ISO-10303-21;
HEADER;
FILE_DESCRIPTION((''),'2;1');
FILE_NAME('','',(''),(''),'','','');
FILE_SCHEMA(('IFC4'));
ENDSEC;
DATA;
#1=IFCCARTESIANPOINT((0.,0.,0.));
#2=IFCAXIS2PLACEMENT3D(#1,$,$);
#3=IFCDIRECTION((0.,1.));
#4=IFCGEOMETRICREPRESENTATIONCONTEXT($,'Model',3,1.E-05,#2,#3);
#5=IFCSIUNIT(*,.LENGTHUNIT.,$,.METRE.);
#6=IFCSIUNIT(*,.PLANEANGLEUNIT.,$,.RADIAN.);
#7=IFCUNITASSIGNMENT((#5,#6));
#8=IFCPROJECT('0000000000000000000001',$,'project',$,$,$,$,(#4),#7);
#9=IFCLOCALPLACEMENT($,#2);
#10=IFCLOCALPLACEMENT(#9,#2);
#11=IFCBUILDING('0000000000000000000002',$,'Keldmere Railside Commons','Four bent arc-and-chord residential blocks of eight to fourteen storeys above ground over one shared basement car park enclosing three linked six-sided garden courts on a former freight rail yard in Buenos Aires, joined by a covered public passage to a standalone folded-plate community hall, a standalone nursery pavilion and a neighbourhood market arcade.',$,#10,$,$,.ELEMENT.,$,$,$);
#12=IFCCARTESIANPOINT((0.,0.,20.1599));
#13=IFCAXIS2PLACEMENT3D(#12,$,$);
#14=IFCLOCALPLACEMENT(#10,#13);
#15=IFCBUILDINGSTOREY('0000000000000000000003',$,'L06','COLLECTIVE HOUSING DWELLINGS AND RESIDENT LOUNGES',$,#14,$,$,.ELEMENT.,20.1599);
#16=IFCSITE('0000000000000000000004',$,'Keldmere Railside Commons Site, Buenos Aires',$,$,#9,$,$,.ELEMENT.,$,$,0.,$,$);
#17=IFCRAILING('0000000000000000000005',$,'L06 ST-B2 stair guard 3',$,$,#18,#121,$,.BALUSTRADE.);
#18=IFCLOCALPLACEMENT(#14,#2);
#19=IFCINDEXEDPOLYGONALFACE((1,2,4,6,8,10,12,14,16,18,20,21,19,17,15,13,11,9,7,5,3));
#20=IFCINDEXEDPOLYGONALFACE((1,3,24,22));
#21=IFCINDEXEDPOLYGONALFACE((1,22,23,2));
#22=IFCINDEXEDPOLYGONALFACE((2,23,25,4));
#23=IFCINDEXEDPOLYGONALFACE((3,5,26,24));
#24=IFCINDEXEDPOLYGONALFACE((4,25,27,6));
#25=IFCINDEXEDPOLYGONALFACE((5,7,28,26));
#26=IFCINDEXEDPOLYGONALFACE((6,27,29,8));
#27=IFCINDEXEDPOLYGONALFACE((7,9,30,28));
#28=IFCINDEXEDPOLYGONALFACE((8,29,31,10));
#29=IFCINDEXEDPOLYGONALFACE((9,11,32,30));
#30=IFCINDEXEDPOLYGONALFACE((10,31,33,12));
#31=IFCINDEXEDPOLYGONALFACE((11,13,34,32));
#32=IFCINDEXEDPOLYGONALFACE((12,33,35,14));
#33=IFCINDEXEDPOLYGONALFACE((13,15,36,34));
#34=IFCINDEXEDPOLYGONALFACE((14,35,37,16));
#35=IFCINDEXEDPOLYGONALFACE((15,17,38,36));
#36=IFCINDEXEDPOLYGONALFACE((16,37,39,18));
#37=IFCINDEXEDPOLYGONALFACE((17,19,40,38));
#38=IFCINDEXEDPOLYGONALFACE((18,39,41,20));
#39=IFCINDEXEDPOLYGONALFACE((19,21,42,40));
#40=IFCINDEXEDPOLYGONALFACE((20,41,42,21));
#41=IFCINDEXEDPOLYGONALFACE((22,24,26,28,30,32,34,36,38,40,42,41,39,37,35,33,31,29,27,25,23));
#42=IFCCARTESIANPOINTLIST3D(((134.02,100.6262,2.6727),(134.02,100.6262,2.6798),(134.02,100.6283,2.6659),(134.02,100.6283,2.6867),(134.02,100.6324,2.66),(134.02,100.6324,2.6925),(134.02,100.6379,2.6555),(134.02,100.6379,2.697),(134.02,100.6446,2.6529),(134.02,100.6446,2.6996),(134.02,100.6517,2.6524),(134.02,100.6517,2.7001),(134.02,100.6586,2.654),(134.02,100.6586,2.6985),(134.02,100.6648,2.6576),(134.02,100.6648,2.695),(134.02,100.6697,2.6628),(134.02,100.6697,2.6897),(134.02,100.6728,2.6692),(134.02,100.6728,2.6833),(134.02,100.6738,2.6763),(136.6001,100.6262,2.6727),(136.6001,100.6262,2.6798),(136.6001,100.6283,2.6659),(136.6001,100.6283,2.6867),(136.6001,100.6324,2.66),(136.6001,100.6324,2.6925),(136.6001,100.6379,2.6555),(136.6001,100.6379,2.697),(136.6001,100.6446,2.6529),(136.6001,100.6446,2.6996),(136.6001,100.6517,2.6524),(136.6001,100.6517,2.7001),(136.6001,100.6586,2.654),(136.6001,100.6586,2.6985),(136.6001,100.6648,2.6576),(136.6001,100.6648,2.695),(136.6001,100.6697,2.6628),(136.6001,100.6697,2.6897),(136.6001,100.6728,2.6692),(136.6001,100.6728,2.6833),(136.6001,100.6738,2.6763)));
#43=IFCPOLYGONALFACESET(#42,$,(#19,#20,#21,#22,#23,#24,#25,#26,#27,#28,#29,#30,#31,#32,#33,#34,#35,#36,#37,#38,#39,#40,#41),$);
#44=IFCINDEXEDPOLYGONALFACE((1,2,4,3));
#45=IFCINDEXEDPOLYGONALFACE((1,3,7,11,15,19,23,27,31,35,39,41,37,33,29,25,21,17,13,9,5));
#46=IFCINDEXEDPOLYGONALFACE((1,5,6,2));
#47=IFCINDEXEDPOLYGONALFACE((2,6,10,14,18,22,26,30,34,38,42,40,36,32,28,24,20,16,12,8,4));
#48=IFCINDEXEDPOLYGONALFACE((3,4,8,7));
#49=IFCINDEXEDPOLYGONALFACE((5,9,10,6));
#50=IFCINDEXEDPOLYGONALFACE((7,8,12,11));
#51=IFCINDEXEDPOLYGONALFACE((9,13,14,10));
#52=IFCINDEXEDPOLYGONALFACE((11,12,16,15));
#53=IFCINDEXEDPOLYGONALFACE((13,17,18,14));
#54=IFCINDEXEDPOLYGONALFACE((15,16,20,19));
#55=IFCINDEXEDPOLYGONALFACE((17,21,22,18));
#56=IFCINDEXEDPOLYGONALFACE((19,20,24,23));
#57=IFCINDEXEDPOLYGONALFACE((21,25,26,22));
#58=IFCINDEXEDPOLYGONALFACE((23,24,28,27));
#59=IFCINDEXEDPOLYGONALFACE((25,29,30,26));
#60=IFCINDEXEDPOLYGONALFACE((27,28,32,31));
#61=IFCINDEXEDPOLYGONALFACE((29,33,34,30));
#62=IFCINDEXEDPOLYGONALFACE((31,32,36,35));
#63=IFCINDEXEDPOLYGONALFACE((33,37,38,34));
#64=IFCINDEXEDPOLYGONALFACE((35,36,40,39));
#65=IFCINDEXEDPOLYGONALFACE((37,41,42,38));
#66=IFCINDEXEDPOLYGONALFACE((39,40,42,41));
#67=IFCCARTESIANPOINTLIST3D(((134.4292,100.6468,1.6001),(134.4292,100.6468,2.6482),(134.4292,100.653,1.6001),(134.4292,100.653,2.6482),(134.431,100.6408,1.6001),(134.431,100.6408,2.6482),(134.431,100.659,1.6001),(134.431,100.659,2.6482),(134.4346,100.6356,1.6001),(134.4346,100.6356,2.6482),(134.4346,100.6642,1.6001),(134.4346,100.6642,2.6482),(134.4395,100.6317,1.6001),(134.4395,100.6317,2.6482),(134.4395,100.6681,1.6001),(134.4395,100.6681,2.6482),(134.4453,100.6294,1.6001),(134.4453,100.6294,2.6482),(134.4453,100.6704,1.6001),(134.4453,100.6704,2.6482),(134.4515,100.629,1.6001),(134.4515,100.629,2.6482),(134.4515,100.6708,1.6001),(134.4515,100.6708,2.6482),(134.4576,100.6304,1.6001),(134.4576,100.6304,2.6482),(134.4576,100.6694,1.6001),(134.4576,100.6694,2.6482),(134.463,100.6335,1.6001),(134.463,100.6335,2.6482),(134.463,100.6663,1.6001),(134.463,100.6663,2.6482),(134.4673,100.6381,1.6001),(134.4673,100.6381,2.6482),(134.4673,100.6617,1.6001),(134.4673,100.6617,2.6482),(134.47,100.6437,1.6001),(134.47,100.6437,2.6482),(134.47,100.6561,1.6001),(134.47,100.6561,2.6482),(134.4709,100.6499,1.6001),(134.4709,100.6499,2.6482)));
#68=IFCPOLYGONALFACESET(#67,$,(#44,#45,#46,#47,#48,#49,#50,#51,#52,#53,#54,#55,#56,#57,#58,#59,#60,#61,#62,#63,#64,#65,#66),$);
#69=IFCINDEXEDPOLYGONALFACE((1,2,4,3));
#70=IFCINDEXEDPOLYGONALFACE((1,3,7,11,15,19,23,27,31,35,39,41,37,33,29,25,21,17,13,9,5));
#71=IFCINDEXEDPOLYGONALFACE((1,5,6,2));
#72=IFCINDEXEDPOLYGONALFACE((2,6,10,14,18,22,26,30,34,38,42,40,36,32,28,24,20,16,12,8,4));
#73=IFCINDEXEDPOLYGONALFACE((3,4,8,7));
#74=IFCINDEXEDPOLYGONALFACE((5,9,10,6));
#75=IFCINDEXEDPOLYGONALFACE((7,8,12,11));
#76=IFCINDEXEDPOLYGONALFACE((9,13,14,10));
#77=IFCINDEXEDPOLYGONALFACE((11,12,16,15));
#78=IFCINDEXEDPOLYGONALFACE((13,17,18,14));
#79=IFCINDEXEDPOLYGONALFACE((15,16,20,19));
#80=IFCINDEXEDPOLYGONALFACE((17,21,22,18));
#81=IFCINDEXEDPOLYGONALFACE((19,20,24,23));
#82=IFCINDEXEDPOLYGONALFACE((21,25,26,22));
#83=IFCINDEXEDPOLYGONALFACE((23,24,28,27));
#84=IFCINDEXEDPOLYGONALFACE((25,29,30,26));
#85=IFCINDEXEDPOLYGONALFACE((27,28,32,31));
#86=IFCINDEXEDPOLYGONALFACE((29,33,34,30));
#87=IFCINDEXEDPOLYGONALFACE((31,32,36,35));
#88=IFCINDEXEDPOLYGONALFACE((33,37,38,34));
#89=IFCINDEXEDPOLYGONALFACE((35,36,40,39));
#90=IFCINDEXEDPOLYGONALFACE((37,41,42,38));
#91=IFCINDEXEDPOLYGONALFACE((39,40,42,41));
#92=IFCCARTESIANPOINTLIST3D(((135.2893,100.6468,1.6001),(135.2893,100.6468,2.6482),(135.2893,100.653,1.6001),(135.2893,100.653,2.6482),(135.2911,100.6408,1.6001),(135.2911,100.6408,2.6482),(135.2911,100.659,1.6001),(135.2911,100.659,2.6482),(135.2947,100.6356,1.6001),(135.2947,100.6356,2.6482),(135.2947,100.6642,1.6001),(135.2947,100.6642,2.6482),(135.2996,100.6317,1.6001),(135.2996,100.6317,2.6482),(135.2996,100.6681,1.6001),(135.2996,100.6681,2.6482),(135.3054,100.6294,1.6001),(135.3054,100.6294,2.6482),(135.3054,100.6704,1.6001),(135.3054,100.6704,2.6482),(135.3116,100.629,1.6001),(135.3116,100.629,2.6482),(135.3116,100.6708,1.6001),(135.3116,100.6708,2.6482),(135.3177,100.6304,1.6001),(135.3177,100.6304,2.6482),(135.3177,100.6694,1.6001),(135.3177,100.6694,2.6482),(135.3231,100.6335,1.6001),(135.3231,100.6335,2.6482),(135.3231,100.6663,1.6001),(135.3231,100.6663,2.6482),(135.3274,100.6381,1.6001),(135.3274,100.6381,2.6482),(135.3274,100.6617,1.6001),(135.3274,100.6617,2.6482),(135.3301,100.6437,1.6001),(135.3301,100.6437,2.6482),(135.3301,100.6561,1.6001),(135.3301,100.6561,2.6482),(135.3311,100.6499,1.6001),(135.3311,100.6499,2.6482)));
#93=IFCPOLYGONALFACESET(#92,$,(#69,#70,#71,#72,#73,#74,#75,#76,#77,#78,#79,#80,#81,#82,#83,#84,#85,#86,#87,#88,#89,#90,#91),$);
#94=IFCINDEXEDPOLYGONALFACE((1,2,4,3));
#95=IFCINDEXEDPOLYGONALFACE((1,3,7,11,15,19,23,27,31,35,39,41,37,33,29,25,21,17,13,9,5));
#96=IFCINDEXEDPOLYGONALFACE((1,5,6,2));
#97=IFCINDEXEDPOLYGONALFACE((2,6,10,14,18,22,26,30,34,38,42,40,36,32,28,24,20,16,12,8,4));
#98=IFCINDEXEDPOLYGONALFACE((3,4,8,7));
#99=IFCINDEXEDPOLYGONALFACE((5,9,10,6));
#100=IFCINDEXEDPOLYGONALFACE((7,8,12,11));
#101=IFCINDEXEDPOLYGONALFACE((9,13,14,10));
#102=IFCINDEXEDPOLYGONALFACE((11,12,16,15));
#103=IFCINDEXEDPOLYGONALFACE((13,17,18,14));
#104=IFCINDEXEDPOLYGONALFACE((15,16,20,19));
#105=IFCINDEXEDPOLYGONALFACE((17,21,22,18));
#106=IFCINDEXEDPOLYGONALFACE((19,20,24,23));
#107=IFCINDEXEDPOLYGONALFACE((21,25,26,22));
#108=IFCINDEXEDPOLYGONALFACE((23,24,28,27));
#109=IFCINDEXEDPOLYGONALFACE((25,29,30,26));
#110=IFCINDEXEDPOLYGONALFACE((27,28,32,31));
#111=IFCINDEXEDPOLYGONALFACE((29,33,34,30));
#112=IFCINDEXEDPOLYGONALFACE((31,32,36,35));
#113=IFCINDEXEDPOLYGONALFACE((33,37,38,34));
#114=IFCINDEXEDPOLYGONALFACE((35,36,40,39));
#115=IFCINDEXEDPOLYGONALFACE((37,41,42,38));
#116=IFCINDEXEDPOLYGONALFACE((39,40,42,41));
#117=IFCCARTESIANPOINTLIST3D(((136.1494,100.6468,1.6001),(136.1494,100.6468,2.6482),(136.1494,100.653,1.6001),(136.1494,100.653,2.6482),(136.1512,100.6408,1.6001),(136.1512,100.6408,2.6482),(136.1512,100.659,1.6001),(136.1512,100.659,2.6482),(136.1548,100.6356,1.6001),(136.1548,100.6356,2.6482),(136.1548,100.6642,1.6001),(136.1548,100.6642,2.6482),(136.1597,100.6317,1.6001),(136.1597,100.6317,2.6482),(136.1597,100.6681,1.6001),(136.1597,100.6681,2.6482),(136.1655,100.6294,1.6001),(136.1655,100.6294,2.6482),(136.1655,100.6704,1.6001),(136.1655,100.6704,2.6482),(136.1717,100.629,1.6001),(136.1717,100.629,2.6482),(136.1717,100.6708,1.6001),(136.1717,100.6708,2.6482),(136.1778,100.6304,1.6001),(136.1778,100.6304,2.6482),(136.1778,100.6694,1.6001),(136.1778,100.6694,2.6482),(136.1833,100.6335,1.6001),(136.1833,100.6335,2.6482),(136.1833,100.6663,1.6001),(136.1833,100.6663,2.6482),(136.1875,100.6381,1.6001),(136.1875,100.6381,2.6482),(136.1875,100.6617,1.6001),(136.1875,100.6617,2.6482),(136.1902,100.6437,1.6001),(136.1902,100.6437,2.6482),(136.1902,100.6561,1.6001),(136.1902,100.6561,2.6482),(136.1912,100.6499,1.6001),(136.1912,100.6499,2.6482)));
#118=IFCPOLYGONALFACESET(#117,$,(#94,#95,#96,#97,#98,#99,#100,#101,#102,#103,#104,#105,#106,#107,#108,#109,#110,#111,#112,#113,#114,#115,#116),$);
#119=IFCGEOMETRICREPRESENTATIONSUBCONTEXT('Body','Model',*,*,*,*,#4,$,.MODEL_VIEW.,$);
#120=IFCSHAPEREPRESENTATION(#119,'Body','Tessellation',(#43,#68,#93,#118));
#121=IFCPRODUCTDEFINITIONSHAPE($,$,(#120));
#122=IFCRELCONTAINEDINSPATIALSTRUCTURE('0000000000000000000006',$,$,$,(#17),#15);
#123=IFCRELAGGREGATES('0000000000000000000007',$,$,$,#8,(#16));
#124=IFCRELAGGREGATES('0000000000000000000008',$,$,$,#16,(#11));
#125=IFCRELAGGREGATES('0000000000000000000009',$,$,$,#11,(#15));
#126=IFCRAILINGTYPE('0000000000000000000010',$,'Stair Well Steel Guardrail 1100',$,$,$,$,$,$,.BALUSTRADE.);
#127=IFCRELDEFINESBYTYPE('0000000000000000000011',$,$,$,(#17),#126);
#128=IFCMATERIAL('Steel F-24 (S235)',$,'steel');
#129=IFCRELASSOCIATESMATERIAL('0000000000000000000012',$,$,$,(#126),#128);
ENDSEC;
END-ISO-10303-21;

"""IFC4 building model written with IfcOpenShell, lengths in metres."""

from ifc_helpers import new_model, si_unit, direction, frame, origin, origin_2d, place, context, subcontext, project, spatial, circle, extrude, material, type_object, element, save


model = new_model("IFC4")

# Units and contexts
model_context = context("Model", 3, precision=1e-05, world=origin(), true_north=direction((0.0, 1.0)))
body_context = subcontext(model_context, "Body", "Model", "MODEL_VIEW")
ifc_project = project(units=[si_unit("LENGTHUNIT", "METRE"), si_unit("PLANEANGLEUNIT", "RADIAN")], contexts=[model_context])

# Site, building, storey
site_placement = place(None, origin())
site = spatial("IfcSite", under=ifc_project, at=site_placement, Name="Keldmere Railside Commons Site, Buenos Aires", CompositionType="ELEMENT", RefElevation=0.0)
building_placement = place(site_placement, origin())
building = spatial("IfcBuilding", under=site, at=building_placement, Name="Keldmere Railside Commons", Description="Four bent arc-and-chord residential blocks of eight to fourteen storeys above ground over one shared basement car park enclosing three linked six-sided garden courts on a former freight rail yard in Buenos Aires, joined by a covered public passage to a standalone folded-plate community hall, a standalone nursery pavilion and a neighbourhood market arcade.", CompositionType="ELEMENT")
storey_placement = place(building_placement, frame((0.0, 0.0, 20.1599)))
storey = spatial("IfcBuildingStorey", under=building, at=storey_placement, Name="L06", Description="COLLECTIVE HOUSING DWELLINGS AND RESIDENT LOUNGES", CompositionType="ELEMENT", Elevation=20.1599)

# Railing
ifc_material_1 = material(Name="Steel F-24 (S235)", Category="steel")
railing_type_1 = type_object("IfcRailingType", Name="Stair Well Steel Guardrail 1100", PredefinedType="BALUSTRADE", material=ifc_material_1)
railing_1_placement = place(storey_placement, frame((134.02, 100.6499, 1.6001)))
element("IfcRailing", 1, at=railing_1_placement, inside=storey, type_object=railing_type_1, Name="L06 ST-B2 stair guard 3", PredefinedType="BALUSTRADE", context=body_context, shape_type="SweptSolid", body=[
    extrude(circle(Radius=0.0239, at=origin_2d()), frame((0.0, 0.0, 1.0762), z_axis=(1.0, 0.0, 0.0), x_axis=(0.0, 1.0, 0.0)), (0.0, 0.0, 1.0), 2.5801),
    extrude(circle(Radius=0.021, at=origin_2d()), frame((0.4299, 0.0, 0.0)), (0.0, 0.0, 1.0), 1.0481),
    extrude(circle(Radius=0.021, at=origin_2d()), frame((1.29, 0.0, 0.0)), (0.0, 0.0, 1.0), 1.0481),
    extrude(circle(Radius=0.021, at=origin_2d()), frame((2.1501, 0.0, 0.0)), (0.0, 0.0, 1.0), 1.0481),
])

save(model, "model.ifc")
